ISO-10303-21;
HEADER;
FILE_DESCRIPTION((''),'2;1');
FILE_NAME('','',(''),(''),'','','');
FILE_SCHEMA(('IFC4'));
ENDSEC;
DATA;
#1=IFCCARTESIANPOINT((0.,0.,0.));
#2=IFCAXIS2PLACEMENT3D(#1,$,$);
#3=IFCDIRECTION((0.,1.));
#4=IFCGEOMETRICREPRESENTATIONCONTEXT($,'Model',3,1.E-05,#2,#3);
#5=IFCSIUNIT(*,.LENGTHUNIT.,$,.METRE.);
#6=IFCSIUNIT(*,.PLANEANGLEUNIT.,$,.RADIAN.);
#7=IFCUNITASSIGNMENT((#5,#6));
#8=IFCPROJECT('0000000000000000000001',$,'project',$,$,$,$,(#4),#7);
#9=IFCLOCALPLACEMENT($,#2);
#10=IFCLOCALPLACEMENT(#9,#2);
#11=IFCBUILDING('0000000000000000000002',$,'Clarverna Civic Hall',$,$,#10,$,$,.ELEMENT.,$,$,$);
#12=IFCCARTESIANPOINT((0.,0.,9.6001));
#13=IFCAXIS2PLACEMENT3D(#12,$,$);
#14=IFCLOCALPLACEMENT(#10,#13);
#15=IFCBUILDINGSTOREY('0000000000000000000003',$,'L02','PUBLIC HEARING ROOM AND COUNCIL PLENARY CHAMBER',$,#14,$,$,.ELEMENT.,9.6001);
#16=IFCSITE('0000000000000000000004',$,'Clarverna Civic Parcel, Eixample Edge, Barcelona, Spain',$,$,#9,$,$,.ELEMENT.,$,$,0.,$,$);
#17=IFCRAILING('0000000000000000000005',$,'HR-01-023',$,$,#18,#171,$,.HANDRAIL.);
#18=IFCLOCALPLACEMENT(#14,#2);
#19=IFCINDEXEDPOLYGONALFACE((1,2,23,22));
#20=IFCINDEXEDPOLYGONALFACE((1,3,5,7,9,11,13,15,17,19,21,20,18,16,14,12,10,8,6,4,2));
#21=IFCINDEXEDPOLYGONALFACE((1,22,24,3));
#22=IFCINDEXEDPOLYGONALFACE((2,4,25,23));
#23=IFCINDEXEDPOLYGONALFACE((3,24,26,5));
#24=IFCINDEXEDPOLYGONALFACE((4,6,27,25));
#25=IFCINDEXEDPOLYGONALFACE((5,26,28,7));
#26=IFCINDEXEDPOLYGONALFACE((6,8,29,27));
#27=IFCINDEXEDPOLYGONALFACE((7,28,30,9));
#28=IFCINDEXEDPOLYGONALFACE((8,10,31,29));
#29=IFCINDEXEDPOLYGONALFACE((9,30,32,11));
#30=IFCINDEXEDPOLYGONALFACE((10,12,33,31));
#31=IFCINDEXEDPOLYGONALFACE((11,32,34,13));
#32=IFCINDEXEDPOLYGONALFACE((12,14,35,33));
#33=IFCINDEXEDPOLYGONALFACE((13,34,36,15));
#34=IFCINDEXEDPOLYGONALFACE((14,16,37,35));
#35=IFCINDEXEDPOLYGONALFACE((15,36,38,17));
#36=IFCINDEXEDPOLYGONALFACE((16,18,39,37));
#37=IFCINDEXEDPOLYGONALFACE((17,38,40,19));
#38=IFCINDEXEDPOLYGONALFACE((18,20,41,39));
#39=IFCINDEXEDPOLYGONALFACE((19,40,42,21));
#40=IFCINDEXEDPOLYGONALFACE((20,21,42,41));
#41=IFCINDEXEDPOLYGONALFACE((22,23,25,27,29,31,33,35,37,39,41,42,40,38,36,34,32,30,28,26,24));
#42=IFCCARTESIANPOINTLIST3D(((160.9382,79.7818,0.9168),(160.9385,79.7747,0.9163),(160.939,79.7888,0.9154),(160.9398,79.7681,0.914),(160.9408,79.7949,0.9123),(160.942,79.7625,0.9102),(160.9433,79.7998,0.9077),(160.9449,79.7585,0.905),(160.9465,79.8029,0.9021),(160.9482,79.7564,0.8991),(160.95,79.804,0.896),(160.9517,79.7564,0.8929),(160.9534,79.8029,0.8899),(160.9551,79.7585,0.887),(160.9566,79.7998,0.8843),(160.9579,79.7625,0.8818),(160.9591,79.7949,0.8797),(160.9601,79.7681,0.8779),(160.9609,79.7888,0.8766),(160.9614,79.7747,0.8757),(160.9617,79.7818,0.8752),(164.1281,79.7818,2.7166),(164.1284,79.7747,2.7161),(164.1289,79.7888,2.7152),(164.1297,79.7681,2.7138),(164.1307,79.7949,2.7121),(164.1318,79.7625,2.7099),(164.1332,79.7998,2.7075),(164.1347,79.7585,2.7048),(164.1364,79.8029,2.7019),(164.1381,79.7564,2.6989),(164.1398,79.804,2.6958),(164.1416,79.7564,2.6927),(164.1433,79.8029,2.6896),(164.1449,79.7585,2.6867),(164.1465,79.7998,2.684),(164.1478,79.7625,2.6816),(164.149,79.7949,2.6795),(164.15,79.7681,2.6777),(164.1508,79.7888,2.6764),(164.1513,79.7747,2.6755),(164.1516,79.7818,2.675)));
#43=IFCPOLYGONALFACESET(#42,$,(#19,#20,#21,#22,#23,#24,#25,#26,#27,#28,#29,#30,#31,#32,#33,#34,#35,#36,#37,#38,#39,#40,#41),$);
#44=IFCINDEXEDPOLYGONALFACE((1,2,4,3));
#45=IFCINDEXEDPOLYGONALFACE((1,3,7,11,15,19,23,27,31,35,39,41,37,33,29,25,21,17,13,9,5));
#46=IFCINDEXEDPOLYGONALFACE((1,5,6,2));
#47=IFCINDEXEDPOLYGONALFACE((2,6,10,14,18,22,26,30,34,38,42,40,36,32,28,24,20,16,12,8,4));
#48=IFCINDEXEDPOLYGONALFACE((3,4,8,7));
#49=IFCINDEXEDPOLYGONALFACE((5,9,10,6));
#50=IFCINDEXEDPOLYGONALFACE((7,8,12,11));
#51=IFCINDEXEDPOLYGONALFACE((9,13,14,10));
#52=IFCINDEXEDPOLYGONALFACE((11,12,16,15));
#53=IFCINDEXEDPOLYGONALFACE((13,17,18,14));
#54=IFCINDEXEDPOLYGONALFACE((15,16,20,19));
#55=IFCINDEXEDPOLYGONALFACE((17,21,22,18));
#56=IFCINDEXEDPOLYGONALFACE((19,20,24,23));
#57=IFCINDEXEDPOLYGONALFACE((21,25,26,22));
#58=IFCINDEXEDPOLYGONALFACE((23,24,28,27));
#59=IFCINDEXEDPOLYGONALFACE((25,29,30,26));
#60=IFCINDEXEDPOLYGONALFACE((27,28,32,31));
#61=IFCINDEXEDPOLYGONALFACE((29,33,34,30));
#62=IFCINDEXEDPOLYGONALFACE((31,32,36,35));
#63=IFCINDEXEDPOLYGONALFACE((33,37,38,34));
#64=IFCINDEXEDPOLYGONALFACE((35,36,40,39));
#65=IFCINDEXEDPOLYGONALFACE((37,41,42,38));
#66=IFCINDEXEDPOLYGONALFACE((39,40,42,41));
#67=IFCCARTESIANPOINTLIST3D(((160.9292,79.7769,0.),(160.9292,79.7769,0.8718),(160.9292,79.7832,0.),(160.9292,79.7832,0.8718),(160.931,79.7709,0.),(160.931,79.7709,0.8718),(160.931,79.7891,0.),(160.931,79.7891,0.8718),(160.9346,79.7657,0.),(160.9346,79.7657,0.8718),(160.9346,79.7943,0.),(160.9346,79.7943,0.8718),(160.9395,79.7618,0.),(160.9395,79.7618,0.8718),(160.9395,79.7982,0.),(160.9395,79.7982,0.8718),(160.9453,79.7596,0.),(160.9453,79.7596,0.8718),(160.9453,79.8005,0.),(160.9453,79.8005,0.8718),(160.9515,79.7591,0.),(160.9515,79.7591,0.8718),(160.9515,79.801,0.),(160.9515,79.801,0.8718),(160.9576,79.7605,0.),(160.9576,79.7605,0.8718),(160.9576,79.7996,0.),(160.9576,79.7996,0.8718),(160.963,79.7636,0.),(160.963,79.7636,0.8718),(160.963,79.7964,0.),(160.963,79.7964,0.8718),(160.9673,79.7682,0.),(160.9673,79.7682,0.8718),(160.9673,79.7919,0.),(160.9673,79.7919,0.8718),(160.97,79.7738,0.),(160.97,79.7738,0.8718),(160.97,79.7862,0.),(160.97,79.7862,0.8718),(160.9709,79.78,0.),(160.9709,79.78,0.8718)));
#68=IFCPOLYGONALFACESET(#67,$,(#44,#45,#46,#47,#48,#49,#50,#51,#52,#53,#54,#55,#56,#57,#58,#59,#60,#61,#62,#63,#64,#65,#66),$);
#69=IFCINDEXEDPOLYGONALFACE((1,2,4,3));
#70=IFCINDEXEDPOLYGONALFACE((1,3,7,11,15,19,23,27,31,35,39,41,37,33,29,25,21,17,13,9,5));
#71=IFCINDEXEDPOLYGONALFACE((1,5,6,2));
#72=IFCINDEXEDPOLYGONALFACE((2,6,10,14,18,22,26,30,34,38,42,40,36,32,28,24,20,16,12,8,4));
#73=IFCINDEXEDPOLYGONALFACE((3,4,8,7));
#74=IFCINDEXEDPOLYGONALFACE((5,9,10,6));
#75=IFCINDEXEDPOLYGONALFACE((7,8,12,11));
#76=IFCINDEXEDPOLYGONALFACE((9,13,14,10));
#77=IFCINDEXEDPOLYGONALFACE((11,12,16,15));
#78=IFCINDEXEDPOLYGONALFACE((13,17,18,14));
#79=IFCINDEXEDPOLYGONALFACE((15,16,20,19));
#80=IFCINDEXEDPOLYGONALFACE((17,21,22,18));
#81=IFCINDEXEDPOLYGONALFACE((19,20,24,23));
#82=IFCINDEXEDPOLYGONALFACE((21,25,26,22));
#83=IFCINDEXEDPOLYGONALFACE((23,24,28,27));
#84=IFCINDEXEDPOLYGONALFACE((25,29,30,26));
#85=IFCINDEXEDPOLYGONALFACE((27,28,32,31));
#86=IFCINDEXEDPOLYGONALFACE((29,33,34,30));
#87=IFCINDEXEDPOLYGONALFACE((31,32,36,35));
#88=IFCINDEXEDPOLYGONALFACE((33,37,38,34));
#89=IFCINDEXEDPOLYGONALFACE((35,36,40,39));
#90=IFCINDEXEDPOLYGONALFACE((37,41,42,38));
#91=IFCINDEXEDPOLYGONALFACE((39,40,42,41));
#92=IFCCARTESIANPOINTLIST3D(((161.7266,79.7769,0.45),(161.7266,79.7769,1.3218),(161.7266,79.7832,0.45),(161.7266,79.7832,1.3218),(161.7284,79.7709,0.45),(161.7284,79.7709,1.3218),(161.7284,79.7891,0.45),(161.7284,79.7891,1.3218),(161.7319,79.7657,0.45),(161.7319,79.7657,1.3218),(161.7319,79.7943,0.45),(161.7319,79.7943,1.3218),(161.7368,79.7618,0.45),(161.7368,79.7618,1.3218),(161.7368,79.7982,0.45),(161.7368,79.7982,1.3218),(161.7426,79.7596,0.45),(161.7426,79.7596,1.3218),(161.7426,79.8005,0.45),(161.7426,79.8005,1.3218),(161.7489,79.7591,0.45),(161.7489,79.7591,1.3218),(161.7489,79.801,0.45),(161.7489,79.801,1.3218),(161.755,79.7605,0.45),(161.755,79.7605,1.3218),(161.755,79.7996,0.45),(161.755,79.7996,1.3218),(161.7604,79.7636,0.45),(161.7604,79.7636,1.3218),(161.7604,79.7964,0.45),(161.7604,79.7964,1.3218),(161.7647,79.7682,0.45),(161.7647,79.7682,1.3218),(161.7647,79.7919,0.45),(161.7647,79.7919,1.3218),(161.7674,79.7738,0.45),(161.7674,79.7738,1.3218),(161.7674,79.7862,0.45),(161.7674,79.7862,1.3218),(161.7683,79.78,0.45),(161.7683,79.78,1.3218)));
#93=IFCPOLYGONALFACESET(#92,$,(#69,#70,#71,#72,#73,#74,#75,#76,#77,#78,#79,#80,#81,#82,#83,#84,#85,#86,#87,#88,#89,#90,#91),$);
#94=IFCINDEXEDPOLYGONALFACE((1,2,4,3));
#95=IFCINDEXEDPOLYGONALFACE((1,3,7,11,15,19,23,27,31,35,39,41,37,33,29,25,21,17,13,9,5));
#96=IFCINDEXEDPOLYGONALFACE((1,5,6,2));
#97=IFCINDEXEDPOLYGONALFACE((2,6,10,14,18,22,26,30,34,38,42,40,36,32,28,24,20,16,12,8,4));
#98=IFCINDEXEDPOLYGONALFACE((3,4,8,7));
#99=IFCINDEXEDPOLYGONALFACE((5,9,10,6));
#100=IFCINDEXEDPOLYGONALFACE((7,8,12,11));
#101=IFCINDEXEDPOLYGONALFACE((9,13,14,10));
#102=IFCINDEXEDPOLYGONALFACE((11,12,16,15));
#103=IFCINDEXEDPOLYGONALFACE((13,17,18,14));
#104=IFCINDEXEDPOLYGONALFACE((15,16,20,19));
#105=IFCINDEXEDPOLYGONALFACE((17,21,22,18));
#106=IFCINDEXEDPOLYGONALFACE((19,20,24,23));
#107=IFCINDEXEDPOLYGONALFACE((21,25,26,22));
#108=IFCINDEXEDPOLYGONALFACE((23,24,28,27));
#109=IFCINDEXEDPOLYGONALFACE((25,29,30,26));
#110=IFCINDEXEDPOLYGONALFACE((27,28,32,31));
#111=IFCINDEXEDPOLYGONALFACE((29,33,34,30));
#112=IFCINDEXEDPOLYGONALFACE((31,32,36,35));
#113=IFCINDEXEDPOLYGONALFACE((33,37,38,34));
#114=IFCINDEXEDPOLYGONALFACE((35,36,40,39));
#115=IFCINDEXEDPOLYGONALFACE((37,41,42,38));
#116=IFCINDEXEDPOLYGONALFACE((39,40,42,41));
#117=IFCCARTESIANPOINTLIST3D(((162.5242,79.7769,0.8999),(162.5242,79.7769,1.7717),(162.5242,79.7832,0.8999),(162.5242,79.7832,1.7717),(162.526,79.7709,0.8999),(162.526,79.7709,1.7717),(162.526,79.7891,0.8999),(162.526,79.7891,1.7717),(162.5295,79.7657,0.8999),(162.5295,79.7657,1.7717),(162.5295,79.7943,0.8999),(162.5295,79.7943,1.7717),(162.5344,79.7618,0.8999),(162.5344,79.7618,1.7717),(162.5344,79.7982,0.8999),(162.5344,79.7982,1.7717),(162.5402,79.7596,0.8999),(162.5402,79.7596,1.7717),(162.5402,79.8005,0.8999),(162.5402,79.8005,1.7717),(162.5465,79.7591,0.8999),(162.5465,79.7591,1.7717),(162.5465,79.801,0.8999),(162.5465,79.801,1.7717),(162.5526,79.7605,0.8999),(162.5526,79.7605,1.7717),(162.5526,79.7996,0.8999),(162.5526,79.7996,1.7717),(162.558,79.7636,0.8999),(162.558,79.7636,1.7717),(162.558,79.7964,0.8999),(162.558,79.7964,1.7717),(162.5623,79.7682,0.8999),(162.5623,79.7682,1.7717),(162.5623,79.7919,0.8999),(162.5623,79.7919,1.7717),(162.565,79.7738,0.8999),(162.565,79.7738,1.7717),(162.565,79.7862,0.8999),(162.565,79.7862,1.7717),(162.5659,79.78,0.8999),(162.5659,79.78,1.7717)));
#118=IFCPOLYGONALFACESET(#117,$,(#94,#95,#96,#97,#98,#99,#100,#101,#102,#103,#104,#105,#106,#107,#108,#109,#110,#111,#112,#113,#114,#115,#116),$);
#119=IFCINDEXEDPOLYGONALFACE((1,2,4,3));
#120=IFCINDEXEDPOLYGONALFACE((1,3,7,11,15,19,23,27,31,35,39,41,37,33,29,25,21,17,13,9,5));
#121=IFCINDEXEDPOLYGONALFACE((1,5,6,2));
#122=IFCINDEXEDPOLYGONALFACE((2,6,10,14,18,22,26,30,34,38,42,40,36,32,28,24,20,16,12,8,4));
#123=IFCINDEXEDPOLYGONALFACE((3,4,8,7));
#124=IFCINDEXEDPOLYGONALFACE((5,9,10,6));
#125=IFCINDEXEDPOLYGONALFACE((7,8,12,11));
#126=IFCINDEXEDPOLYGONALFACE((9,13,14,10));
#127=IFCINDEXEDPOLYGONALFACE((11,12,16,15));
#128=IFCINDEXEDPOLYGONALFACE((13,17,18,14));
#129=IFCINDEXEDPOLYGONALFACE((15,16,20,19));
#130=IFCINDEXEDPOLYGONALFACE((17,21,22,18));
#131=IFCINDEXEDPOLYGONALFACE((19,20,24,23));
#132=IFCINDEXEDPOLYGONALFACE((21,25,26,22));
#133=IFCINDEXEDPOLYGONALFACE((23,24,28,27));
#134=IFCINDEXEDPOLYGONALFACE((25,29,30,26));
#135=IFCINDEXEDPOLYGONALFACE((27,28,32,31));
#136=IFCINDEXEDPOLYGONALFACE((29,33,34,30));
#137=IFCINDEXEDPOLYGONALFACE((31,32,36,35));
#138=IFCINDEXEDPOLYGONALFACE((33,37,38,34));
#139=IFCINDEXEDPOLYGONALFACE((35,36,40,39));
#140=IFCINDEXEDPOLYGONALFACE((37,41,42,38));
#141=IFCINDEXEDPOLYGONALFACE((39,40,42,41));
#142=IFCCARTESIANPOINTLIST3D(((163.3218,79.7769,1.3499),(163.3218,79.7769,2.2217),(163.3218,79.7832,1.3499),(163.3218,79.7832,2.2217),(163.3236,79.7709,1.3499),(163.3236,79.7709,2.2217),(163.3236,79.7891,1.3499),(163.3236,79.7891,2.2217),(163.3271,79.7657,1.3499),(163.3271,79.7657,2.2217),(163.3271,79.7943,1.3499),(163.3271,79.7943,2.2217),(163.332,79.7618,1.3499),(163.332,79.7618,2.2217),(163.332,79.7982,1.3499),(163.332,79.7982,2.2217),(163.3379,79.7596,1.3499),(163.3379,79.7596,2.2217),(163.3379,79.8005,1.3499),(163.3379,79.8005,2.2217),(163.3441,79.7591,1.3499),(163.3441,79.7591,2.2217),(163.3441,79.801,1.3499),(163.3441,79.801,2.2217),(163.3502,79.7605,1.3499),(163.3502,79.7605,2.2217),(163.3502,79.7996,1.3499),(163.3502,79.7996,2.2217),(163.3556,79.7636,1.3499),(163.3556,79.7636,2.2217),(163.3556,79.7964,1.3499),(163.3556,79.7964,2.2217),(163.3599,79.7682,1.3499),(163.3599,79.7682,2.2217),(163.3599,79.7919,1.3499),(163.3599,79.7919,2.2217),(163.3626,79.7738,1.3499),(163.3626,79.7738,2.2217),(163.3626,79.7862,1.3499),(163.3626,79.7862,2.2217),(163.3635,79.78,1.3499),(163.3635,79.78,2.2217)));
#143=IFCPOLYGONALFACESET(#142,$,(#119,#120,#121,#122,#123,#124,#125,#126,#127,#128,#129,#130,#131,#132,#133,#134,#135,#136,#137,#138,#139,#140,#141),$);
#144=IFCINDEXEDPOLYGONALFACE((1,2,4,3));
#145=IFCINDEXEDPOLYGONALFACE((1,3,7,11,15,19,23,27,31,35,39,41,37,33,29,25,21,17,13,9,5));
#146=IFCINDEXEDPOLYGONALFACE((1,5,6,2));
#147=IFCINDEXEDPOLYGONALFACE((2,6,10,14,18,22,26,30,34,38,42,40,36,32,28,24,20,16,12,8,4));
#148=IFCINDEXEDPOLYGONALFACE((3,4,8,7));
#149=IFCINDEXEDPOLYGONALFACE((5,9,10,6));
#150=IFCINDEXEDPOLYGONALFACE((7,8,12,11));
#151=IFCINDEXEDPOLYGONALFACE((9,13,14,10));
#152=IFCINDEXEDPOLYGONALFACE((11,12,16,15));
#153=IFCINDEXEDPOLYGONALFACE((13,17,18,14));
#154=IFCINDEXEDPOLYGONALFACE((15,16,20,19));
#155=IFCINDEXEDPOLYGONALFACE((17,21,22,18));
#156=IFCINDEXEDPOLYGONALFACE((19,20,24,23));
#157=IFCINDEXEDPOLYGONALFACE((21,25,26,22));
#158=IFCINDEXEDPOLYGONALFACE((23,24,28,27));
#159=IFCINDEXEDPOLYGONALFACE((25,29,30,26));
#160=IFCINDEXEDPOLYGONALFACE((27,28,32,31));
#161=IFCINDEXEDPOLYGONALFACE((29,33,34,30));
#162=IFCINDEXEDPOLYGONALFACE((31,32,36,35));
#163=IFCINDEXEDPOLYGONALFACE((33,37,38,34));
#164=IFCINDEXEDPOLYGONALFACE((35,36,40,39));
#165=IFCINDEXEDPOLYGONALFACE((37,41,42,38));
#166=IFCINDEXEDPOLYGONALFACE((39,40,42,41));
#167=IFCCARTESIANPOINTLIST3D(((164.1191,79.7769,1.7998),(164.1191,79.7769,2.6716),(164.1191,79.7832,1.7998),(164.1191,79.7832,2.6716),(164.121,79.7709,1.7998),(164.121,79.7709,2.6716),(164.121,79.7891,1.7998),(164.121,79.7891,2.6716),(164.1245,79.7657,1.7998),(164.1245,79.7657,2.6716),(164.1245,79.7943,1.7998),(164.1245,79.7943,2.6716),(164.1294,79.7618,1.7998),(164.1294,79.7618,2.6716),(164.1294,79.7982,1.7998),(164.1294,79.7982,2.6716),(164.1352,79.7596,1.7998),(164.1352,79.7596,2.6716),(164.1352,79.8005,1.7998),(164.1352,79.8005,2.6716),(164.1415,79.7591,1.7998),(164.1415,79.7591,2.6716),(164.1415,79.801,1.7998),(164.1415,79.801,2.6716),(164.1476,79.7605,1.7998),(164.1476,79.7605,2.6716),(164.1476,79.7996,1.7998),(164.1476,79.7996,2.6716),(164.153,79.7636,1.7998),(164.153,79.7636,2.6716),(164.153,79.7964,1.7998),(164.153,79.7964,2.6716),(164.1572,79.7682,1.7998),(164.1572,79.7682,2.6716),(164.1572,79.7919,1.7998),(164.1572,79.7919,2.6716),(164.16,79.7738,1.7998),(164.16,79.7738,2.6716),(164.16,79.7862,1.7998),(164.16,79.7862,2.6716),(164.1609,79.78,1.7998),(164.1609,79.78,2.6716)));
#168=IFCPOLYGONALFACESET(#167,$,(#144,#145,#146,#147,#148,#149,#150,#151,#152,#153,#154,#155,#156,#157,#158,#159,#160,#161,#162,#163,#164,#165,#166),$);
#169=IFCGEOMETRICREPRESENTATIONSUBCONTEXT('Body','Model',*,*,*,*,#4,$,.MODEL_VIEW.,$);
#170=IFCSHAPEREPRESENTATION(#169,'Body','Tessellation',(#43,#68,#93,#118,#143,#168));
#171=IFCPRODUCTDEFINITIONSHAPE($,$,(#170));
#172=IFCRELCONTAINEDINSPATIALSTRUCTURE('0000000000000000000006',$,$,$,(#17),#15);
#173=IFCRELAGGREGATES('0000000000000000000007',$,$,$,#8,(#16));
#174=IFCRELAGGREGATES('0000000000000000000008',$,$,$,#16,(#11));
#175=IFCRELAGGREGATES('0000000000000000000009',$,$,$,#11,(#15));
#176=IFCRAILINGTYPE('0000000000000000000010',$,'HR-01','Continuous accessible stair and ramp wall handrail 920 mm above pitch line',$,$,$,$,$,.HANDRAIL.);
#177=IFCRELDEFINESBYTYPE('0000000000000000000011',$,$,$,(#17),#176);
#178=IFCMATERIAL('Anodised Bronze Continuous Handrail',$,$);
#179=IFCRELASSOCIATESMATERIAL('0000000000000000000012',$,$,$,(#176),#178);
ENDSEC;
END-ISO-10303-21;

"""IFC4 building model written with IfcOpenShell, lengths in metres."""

from ifc_helpers import new_model, si_unit, direction, frame, origin, origin_2d, place, context, subcontext, project, spatial, circle, extrude, material, type_object, element, save


model = new_model("IFC4")

# Units and contexts
model_context = context("Model", 3, precision=1e-05, world=origin(), true_north=direction((0.0, 1.0)))
body_context = subcontext(model_context, "Body", "Model", "MODEL_VIEW")
ifc_project = project(units=[si_unit("LENGTHUNIT", "METRE"), si_unit("PLANEANGLEUNIT", "RADIAN")], contexts=[model_context])

# Site, building, storey
site_placement = place(None, origin())
site = spatial("IfcSite", under=ifc_project, at=site_placement, Name="Clarverna Civic Parcel, Eixample Edge, Barcelona, Spain", CompositionType="ELEMENT", RefElevation=0.0)
building_placement = place(site_placement, origin())
building = spatial("IfcBuilding", under=site, at=building_placement, Name="Clarverna Civic Hall", CompositionType="ELEMENT")
storey_placement = place(building_placement, frame((0.0, 0.0, 9.6001)))
storey = spatial("IfcBuildingStorey", under=building, at=storey_placement, Name="L02", Description="PUBLIC HEARING ROOM AND COUNCIL PLENARY CHAMBER", CompositionType="ELEMENT", Elevation=9.6001)

# Railing
ifc_material_1 = material(Name="Anodised Bronze Continuous Handrail")
railing_type_1 = type_object("IfcRailingType", Name="HR-01", Description="Continuous accessible stair and ramp wall handrail 920 mm above pitch line", PredefinedType="HANDRAIL", material=ifc_material_1)
railing_1_placement = place(storey_placement, frame((160.95, 79.78, 0.0)))
element("IfcRailing", 1, at=railing_1_placement, inside=storey, type_object=railing_type_1, Name="HR-01-023", PredefinedType="HANDRAIL", context=body_context, shape_type="SweptSolid", body=[
    extrude(circle(Radius=0.0239, at=origin_2d()), frame((0.0, 0.0, 0.896), z_axis=(0.870938, 0.0, 0.491394), x_axis=(0.0, 1.0, 0.0)), (0.0, 0.0, 1.0), 3.6626),
    extrude(circle(Radius=0.021, at=origin_2d()), origin(), (0.0, 0.0, 1.0), 0.8718),
    extrude(circle(Radius=0.021, at=origin_2d()), frame((0.7974, 0.0, 0.45)), (0.0, 0.0, 1.0), 0.8718),
    extrude(circle(Radius=0.021, at=origin_2d()), frame((1.595, 0.0, 0.8999)), (0.0, 0.0, 1.0), 0.8718),
    extrude(circle(Radius=0.021, at=origin_2d()), frame((2.3926, 0.0, 1.3499)), (0.0, 0.0, 1.0), 0.8718),
    extrude(circle(Radius=0.021, at=origin_2d()), frame((3.1899, 0.0, 1.7998)), (0.0, 0.0, 1.0), 0.8718),
])

save(model, "model.ifc")
